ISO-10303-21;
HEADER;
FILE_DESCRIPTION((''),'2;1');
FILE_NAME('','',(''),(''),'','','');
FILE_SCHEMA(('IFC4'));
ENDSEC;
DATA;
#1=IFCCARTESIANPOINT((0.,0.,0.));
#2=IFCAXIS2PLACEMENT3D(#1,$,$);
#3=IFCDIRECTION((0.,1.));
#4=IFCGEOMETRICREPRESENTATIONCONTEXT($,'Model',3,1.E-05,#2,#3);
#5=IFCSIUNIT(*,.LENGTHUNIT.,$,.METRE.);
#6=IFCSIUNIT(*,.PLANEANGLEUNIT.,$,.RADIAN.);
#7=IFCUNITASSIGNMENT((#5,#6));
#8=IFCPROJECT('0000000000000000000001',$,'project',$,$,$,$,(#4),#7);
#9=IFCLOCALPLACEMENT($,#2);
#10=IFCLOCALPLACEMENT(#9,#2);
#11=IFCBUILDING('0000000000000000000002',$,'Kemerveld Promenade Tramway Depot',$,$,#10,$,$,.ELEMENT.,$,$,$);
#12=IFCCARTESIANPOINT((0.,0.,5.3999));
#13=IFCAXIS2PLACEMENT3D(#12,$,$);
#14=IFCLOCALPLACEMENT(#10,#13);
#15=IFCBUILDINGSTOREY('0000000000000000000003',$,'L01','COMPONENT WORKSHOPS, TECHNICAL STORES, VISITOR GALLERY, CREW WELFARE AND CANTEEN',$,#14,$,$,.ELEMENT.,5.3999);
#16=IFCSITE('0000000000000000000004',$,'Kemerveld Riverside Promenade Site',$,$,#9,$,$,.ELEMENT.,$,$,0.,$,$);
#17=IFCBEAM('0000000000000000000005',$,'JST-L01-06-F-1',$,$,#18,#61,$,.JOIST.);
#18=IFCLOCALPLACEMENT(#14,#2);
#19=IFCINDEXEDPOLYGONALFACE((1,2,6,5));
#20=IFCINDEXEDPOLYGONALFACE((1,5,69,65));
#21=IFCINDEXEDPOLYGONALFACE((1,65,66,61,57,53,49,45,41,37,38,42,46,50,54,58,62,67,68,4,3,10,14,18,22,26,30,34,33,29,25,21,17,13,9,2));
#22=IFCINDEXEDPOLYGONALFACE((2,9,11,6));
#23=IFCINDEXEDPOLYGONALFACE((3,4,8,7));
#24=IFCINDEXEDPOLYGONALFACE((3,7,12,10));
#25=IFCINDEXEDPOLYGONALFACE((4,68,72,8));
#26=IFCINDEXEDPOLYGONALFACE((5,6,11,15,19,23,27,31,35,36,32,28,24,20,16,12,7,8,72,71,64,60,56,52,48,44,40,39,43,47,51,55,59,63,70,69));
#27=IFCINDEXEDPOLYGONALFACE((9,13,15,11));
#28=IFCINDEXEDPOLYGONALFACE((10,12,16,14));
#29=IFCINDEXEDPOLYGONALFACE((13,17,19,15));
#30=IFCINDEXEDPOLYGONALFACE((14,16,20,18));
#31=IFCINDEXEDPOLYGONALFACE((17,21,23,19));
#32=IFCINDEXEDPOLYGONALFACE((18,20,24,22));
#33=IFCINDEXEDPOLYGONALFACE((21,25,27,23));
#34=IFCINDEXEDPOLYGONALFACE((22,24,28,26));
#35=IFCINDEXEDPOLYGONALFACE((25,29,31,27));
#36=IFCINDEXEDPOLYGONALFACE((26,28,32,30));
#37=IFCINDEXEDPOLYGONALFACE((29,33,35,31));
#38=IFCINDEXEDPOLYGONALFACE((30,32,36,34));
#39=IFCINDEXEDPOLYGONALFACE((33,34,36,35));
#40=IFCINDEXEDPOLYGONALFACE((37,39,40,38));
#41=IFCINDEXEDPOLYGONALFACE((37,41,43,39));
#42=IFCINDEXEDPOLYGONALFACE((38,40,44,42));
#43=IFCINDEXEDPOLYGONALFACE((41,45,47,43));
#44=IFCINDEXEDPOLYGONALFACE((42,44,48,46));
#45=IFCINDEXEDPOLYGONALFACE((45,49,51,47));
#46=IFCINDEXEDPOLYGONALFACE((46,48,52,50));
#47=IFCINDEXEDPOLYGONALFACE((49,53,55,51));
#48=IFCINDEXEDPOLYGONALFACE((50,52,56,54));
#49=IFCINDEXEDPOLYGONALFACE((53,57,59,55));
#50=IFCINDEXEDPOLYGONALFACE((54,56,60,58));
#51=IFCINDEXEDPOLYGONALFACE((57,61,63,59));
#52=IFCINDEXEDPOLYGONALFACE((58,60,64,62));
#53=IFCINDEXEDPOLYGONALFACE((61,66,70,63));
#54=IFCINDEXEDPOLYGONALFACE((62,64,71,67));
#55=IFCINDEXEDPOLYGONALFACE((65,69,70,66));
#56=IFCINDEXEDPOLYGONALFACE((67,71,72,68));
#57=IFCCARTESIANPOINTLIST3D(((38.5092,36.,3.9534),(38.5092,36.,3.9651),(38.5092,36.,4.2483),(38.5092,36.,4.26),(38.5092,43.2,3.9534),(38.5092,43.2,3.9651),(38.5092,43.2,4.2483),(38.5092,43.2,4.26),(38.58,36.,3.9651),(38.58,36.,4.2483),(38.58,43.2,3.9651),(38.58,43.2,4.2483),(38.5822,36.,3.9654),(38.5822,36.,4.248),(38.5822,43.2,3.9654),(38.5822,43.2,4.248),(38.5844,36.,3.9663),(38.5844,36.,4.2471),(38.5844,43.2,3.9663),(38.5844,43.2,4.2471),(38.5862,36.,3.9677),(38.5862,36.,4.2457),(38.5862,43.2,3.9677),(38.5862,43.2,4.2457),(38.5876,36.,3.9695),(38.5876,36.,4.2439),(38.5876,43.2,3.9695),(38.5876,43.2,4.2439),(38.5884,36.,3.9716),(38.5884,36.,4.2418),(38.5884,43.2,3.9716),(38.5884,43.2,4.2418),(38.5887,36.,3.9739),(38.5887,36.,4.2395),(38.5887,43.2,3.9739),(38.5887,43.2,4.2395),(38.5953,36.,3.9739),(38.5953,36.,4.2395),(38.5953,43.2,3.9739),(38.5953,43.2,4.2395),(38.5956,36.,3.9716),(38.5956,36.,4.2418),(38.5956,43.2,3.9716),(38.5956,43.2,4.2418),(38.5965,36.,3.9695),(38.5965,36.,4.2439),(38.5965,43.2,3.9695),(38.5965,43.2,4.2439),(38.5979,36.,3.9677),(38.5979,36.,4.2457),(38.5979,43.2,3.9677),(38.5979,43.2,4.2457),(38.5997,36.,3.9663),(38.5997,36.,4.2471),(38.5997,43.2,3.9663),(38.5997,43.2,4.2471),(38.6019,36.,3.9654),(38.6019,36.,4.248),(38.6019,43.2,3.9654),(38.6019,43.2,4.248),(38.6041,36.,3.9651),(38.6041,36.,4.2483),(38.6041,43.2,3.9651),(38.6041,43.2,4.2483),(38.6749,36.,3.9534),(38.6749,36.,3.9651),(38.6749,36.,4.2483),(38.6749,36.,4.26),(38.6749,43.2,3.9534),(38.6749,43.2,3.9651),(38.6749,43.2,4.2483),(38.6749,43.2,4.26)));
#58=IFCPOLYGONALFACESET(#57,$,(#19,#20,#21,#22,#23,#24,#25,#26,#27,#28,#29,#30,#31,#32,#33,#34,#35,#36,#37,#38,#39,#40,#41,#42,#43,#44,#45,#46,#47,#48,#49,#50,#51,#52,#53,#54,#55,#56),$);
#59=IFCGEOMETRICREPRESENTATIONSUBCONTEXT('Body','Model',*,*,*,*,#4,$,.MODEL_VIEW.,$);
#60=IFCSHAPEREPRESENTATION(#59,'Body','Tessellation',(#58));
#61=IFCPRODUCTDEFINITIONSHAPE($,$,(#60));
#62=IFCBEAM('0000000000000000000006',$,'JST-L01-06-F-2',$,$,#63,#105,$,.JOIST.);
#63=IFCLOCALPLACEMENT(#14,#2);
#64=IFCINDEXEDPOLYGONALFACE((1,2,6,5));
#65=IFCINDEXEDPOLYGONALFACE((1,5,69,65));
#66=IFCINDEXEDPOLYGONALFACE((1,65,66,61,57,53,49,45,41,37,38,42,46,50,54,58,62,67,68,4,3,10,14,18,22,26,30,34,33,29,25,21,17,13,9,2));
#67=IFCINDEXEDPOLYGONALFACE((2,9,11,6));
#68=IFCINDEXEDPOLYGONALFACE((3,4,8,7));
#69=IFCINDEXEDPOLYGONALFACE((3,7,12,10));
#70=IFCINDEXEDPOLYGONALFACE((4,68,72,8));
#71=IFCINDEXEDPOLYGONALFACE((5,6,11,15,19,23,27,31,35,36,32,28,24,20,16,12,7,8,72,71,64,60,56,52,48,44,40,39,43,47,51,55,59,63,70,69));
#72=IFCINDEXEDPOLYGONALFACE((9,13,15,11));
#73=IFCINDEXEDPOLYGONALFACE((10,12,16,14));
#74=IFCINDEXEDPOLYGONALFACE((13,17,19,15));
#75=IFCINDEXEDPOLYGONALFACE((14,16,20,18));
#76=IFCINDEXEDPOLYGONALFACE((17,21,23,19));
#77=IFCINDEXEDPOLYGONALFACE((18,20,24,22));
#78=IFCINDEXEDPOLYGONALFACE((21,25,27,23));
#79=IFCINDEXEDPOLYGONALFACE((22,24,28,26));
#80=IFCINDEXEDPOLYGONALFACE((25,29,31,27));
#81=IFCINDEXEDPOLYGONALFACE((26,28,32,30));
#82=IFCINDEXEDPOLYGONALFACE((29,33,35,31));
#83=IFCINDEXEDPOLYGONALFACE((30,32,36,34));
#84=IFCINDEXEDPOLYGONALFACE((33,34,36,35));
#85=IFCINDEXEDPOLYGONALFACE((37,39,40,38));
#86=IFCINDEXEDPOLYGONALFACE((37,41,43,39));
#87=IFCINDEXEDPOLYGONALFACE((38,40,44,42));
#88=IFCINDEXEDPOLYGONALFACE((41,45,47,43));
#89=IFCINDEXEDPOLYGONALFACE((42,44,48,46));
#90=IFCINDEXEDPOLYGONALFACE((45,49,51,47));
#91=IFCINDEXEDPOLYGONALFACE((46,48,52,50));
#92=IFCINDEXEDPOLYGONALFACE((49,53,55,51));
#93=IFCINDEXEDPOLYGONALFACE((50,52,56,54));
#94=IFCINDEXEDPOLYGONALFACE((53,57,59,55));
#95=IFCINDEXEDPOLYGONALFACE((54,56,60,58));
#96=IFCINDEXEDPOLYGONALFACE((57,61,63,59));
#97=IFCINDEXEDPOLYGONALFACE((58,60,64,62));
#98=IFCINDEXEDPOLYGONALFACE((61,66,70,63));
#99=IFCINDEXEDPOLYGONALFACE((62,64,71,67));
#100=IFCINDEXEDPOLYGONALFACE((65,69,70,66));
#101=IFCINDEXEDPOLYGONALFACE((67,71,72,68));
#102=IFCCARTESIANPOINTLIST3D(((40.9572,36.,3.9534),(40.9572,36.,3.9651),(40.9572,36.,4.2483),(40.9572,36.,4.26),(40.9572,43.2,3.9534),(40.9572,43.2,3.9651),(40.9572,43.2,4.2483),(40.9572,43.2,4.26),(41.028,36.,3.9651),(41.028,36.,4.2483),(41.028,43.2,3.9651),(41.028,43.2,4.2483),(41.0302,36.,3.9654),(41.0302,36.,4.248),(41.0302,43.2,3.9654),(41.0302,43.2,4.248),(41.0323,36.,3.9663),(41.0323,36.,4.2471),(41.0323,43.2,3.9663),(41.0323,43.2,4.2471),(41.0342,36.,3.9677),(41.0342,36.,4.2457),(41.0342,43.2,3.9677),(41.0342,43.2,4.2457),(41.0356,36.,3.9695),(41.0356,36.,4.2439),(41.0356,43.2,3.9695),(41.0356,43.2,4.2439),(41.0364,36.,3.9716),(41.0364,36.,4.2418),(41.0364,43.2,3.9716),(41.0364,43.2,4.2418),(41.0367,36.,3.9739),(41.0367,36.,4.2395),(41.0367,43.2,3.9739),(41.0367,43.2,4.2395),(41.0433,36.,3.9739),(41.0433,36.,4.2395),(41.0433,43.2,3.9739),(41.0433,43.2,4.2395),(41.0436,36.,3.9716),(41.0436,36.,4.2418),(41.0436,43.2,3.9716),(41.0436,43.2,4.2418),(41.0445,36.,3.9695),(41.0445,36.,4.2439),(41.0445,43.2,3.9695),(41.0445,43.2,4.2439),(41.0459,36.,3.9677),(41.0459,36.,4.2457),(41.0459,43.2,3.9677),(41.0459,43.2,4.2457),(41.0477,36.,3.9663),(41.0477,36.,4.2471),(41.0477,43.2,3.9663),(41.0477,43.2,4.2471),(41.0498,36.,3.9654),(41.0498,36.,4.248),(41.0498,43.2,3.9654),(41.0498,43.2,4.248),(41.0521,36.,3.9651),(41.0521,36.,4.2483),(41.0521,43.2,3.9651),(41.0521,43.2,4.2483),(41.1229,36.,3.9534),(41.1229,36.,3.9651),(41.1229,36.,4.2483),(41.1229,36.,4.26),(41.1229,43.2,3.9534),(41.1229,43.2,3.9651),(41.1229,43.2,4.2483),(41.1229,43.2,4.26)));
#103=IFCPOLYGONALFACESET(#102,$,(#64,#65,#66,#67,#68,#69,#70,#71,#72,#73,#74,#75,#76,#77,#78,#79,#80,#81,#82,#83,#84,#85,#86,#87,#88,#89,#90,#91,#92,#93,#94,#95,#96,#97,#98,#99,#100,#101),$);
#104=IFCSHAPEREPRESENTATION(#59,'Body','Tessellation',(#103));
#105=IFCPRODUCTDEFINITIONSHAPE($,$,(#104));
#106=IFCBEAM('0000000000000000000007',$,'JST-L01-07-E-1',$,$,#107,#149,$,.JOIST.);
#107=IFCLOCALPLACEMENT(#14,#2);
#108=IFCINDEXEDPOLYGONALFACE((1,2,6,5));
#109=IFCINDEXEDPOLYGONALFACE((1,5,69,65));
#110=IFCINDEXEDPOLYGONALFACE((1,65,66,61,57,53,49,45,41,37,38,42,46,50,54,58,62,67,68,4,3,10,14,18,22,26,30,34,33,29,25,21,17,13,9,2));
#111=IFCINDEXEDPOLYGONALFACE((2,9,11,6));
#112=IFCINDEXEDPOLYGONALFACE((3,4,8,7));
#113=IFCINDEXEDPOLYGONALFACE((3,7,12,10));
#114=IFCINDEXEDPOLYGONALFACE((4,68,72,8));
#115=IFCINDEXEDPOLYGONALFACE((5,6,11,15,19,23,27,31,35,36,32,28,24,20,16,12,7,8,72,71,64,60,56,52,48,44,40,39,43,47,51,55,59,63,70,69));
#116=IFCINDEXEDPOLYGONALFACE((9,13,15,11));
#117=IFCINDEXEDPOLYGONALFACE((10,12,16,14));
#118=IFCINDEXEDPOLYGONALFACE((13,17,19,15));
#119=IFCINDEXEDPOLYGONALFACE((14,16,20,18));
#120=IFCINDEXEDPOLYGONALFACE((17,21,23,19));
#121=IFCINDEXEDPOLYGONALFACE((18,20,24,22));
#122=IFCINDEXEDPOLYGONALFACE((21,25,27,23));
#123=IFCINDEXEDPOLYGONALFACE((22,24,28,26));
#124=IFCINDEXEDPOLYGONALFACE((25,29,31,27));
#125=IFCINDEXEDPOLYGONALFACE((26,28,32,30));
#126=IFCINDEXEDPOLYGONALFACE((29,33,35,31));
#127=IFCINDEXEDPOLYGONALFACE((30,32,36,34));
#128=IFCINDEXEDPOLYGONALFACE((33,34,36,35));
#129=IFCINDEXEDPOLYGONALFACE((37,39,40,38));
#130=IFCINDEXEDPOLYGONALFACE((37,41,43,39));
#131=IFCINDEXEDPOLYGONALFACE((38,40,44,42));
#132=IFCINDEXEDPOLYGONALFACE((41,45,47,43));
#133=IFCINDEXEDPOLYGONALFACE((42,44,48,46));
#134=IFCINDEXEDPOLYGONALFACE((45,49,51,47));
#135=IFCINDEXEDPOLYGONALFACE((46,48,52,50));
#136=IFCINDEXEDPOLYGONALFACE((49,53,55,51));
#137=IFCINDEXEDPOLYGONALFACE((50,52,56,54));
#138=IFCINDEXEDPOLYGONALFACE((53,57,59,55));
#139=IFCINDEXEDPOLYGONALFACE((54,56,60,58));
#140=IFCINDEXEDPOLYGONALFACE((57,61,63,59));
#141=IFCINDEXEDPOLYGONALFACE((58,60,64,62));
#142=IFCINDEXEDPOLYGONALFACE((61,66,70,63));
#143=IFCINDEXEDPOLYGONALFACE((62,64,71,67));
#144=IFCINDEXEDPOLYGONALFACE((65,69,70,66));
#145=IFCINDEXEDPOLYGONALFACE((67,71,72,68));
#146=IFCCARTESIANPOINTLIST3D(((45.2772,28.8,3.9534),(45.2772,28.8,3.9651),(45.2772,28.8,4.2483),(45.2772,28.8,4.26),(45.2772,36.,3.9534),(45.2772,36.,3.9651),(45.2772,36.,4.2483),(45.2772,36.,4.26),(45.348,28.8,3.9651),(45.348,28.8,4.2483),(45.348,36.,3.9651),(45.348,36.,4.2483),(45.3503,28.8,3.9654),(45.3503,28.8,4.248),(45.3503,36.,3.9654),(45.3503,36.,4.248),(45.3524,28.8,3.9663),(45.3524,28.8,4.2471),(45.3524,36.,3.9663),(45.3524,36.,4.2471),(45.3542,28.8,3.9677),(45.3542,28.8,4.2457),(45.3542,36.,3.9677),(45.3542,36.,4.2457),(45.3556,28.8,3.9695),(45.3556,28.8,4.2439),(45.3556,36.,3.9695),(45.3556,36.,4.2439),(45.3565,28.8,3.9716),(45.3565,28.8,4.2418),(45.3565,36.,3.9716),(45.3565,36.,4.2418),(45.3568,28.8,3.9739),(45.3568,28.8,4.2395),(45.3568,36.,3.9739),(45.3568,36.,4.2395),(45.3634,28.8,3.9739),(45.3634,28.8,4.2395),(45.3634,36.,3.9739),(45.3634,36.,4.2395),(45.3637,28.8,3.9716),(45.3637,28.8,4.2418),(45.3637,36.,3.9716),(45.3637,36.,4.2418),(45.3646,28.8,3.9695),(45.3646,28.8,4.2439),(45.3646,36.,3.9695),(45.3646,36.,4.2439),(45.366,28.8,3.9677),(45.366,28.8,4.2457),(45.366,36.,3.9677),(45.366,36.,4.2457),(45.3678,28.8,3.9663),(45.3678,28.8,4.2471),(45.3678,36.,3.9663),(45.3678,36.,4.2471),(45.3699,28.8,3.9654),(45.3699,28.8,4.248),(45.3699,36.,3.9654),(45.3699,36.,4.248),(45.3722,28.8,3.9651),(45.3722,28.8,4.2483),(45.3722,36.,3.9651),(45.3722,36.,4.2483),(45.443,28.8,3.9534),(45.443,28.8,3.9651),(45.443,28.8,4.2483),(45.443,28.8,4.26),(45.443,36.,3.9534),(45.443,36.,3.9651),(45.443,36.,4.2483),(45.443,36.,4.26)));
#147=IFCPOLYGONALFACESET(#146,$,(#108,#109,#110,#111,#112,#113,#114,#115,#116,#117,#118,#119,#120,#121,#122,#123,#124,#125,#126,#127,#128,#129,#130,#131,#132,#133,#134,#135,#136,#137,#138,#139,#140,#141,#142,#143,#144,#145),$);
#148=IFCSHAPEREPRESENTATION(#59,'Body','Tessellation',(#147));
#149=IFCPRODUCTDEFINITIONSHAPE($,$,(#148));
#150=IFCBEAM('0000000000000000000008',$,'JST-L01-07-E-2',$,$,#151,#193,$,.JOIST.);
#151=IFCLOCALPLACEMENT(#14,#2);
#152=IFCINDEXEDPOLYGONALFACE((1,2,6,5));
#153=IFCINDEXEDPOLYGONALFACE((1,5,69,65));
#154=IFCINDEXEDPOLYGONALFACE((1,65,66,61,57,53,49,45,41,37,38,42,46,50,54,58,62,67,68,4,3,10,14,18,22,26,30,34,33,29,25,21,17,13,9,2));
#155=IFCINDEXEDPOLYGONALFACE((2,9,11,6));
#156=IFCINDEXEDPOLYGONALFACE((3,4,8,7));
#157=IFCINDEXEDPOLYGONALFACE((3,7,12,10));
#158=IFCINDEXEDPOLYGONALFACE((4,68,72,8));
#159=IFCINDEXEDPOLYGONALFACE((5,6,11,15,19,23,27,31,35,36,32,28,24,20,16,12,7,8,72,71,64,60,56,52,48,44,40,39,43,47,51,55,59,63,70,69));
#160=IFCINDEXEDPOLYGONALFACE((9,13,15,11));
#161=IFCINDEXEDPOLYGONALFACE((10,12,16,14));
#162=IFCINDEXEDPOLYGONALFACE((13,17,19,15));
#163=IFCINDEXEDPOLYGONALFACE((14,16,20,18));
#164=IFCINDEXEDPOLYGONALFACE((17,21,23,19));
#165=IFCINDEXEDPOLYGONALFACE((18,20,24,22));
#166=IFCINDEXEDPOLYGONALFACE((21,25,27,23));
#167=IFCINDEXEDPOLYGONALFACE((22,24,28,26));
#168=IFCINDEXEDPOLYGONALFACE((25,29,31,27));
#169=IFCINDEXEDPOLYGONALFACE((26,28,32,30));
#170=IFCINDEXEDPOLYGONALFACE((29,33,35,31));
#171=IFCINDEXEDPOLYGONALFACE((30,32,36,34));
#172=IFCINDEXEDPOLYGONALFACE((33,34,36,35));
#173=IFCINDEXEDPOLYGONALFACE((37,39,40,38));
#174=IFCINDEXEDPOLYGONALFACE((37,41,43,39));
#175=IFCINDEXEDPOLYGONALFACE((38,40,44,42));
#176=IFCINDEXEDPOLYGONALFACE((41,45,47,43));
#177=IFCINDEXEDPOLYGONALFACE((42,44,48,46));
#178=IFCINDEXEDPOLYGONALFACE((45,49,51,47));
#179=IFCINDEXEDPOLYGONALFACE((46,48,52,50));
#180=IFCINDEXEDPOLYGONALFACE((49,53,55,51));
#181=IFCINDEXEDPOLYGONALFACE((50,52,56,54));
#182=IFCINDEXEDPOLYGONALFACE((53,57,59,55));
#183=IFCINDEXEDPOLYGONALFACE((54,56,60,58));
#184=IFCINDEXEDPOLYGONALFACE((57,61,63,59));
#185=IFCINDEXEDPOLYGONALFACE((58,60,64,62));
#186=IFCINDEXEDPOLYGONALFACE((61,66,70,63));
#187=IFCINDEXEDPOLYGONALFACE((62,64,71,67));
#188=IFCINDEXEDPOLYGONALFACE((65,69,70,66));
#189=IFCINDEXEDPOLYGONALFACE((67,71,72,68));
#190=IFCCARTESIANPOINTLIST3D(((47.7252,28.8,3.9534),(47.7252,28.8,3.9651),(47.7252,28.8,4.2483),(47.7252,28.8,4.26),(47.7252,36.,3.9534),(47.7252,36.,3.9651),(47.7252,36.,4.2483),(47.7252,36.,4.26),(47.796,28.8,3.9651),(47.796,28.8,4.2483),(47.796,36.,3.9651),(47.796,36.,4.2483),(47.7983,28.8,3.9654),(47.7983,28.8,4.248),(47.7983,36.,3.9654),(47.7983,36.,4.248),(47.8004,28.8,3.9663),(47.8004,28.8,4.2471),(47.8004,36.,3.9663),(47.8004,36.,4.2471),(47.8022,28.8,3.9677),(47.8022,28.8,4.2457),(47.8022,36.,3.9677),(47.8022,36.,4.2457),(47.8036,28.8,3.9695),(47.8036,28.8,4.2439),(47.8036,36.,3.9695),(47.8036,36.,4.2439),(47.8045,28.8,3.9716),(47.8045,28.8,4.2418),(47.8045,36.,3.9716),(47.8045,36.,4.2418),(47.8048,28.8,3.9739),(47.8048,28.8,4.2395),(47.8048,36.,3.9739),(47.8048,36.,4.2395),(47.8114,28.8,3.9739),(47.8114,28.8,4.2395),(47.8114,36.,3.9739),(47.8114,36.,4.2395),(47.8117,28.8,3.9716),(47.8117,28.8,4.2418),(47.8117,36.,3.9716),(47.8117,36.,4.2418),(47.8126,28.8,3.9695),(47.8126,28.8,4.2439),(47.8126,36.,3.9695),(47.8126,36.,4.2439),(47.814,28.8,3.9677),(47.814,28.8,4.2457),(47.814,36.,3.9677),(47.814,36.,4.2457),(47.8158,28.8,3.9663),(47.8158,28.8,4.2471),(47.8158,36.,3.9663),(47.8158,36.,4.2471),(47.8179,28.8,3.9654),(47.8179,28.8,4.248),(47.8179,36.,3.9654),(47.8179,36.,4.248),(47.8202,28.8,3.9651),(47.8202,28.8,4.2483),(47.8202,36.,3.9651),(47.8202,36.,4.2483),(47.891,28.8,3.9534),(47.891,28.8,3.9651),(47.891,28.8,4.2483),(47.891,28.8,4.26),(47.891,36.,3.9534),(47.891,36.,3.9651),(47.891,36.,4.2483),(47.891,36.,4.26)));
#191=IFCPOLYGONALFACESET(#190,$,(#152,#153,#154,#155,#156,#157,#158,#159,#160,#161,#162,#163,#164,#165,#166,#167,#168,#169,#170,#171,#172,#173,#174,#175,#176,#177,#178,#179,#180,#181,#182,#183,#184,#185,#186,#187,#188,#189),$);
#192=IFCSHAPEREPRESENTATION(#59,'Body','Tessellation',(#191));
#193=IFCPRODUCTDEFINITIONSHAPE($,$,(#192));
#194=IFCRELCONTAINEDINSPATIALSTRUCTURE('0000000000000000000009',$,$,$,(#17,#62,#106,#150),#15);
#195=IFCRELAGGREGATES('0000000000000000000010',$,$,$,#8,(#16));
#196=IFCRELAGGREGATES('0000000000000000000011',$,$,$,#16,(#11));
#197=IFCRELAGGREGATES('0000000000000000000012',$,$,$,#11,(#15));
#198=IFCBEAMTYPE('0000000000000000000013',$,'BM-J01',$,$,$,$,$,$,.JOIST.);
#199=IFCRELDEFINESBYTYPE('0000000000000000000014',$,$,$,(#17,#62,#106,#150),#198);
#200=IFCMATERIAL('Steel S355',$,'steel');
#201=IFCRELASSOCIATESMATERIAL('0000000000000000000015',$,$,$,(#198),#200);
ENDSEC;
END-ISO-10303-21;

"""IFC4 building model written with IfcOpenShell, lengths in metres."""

from ifc_helpers import new_model, si_unit, direction, frame, origin, origin_2d, place, context, subcontext, project, spatial, i_section, extrude, material, material_profile, profile_set, type_object, element, save


model = new_model("IFC4")

# Units and contexts
model_context = context("Model", 3, precision=1e-05, world=origin(), true_north=direction((0.0, 1.0)))
body_context = subcontext(model_context, "Body", "Model", "MODEL_VIEW")
ifc_project = project(units=[si_unit("LENGTHUNIT", "METRE"), si_unit("PLANEANGLEUNIT", "RADIAN")], contexts=[model_context])

# Site, building, storey
site_placement = place(None, origin())
site = spatial("IfcSite", under=ifc_project, at=site_placement, Name="Kemerveld Riverside Promenade Site", CompositionType="ELEMENT", RefElevation=0.0)
building_placement = place(site_placement, origin())
building = spatial("IfcBuilding", under=site, at=building_placement, Name="Kemerveld Promenade Tramway Depot", CompositionType="ELEMENT")
storey_placement = place(building_placement, frame((0.0, 0.0, 5.3999)))
storey = spatial("IfcBuildingStorey", under=building, at=storey_placement, Name="L01", Description="COMPONENT WORKSHOPS, TECHNICAL STORES, VISITOR GALLERY, CREW WELFARE AND CANTEEN", CompositionType="ELEMENT", Elevation=5.3999)

# Shared definitions
ifc_material_1 = material(Name="Steel S355", Category="steel")

# Beams
ifc_material_profile_1 = material_profile(ifc_material_1, i_section(OverallWidth=0.1658, OverallDepth=0.3066, WebThickness=0.0066, FlangeThickness=0.0117, FilletRadius=0.0088, at=origin_2d()), Name="305x165x46 UB")
ifc_profile_set_1 = profile_set([ifc_material_profile_1], Name="Steel S355")
beam_type_1 = type_object("IfcBeamType", Name="BM-J01", PredefinedType="JOIST", material=ifc_profile_set_1)
for number, where, z_axis, x_axis, name in (
    (1, (38.592, 36.0, 4.1067), (0.0, 1.0, 0.0), (-1.0, 0.0, 0.0), "JST-L01-06-F-1"),
    (2, (41.04, 36.0, 4.1067), (0.0, 1.0, 0.0), (-1.0, 0.0, 0.0), "JST-L01-06-F-2"),
    (3, (45.3601, 28.8, 4.1067), (0.0, 1.0, 0.0), (-1.0, 0.0, 0.0), "JST-L01-07-E-1"),
    (4, (47.8081, 28.8, 4.1067), (0.0, 1.0, 0.0), (-1.0, 0.0, 0.0), "JST-L01-07-E-2"),
):
    element("IfcBeam", number, at=place(storey_placement, frame(where, z_axis=z_axis, x_axis=x_axis)), inside=storey, type_object=beam_type_1, Name=name, PredefinedType="JOIST", context=body_context, shape_type="SweptSolid", body=[
        extrude(i_section(OverallWidth=0.1658, OverallDepth=0.3066, WebThickness=0.0066, FlangeThickness=0.0117, FilletRadius=0.0088, at=origin_2d()), origin(), (0.0, 0.0, 1.0), 7.2),
    ])

save(model, "model.ifc")
